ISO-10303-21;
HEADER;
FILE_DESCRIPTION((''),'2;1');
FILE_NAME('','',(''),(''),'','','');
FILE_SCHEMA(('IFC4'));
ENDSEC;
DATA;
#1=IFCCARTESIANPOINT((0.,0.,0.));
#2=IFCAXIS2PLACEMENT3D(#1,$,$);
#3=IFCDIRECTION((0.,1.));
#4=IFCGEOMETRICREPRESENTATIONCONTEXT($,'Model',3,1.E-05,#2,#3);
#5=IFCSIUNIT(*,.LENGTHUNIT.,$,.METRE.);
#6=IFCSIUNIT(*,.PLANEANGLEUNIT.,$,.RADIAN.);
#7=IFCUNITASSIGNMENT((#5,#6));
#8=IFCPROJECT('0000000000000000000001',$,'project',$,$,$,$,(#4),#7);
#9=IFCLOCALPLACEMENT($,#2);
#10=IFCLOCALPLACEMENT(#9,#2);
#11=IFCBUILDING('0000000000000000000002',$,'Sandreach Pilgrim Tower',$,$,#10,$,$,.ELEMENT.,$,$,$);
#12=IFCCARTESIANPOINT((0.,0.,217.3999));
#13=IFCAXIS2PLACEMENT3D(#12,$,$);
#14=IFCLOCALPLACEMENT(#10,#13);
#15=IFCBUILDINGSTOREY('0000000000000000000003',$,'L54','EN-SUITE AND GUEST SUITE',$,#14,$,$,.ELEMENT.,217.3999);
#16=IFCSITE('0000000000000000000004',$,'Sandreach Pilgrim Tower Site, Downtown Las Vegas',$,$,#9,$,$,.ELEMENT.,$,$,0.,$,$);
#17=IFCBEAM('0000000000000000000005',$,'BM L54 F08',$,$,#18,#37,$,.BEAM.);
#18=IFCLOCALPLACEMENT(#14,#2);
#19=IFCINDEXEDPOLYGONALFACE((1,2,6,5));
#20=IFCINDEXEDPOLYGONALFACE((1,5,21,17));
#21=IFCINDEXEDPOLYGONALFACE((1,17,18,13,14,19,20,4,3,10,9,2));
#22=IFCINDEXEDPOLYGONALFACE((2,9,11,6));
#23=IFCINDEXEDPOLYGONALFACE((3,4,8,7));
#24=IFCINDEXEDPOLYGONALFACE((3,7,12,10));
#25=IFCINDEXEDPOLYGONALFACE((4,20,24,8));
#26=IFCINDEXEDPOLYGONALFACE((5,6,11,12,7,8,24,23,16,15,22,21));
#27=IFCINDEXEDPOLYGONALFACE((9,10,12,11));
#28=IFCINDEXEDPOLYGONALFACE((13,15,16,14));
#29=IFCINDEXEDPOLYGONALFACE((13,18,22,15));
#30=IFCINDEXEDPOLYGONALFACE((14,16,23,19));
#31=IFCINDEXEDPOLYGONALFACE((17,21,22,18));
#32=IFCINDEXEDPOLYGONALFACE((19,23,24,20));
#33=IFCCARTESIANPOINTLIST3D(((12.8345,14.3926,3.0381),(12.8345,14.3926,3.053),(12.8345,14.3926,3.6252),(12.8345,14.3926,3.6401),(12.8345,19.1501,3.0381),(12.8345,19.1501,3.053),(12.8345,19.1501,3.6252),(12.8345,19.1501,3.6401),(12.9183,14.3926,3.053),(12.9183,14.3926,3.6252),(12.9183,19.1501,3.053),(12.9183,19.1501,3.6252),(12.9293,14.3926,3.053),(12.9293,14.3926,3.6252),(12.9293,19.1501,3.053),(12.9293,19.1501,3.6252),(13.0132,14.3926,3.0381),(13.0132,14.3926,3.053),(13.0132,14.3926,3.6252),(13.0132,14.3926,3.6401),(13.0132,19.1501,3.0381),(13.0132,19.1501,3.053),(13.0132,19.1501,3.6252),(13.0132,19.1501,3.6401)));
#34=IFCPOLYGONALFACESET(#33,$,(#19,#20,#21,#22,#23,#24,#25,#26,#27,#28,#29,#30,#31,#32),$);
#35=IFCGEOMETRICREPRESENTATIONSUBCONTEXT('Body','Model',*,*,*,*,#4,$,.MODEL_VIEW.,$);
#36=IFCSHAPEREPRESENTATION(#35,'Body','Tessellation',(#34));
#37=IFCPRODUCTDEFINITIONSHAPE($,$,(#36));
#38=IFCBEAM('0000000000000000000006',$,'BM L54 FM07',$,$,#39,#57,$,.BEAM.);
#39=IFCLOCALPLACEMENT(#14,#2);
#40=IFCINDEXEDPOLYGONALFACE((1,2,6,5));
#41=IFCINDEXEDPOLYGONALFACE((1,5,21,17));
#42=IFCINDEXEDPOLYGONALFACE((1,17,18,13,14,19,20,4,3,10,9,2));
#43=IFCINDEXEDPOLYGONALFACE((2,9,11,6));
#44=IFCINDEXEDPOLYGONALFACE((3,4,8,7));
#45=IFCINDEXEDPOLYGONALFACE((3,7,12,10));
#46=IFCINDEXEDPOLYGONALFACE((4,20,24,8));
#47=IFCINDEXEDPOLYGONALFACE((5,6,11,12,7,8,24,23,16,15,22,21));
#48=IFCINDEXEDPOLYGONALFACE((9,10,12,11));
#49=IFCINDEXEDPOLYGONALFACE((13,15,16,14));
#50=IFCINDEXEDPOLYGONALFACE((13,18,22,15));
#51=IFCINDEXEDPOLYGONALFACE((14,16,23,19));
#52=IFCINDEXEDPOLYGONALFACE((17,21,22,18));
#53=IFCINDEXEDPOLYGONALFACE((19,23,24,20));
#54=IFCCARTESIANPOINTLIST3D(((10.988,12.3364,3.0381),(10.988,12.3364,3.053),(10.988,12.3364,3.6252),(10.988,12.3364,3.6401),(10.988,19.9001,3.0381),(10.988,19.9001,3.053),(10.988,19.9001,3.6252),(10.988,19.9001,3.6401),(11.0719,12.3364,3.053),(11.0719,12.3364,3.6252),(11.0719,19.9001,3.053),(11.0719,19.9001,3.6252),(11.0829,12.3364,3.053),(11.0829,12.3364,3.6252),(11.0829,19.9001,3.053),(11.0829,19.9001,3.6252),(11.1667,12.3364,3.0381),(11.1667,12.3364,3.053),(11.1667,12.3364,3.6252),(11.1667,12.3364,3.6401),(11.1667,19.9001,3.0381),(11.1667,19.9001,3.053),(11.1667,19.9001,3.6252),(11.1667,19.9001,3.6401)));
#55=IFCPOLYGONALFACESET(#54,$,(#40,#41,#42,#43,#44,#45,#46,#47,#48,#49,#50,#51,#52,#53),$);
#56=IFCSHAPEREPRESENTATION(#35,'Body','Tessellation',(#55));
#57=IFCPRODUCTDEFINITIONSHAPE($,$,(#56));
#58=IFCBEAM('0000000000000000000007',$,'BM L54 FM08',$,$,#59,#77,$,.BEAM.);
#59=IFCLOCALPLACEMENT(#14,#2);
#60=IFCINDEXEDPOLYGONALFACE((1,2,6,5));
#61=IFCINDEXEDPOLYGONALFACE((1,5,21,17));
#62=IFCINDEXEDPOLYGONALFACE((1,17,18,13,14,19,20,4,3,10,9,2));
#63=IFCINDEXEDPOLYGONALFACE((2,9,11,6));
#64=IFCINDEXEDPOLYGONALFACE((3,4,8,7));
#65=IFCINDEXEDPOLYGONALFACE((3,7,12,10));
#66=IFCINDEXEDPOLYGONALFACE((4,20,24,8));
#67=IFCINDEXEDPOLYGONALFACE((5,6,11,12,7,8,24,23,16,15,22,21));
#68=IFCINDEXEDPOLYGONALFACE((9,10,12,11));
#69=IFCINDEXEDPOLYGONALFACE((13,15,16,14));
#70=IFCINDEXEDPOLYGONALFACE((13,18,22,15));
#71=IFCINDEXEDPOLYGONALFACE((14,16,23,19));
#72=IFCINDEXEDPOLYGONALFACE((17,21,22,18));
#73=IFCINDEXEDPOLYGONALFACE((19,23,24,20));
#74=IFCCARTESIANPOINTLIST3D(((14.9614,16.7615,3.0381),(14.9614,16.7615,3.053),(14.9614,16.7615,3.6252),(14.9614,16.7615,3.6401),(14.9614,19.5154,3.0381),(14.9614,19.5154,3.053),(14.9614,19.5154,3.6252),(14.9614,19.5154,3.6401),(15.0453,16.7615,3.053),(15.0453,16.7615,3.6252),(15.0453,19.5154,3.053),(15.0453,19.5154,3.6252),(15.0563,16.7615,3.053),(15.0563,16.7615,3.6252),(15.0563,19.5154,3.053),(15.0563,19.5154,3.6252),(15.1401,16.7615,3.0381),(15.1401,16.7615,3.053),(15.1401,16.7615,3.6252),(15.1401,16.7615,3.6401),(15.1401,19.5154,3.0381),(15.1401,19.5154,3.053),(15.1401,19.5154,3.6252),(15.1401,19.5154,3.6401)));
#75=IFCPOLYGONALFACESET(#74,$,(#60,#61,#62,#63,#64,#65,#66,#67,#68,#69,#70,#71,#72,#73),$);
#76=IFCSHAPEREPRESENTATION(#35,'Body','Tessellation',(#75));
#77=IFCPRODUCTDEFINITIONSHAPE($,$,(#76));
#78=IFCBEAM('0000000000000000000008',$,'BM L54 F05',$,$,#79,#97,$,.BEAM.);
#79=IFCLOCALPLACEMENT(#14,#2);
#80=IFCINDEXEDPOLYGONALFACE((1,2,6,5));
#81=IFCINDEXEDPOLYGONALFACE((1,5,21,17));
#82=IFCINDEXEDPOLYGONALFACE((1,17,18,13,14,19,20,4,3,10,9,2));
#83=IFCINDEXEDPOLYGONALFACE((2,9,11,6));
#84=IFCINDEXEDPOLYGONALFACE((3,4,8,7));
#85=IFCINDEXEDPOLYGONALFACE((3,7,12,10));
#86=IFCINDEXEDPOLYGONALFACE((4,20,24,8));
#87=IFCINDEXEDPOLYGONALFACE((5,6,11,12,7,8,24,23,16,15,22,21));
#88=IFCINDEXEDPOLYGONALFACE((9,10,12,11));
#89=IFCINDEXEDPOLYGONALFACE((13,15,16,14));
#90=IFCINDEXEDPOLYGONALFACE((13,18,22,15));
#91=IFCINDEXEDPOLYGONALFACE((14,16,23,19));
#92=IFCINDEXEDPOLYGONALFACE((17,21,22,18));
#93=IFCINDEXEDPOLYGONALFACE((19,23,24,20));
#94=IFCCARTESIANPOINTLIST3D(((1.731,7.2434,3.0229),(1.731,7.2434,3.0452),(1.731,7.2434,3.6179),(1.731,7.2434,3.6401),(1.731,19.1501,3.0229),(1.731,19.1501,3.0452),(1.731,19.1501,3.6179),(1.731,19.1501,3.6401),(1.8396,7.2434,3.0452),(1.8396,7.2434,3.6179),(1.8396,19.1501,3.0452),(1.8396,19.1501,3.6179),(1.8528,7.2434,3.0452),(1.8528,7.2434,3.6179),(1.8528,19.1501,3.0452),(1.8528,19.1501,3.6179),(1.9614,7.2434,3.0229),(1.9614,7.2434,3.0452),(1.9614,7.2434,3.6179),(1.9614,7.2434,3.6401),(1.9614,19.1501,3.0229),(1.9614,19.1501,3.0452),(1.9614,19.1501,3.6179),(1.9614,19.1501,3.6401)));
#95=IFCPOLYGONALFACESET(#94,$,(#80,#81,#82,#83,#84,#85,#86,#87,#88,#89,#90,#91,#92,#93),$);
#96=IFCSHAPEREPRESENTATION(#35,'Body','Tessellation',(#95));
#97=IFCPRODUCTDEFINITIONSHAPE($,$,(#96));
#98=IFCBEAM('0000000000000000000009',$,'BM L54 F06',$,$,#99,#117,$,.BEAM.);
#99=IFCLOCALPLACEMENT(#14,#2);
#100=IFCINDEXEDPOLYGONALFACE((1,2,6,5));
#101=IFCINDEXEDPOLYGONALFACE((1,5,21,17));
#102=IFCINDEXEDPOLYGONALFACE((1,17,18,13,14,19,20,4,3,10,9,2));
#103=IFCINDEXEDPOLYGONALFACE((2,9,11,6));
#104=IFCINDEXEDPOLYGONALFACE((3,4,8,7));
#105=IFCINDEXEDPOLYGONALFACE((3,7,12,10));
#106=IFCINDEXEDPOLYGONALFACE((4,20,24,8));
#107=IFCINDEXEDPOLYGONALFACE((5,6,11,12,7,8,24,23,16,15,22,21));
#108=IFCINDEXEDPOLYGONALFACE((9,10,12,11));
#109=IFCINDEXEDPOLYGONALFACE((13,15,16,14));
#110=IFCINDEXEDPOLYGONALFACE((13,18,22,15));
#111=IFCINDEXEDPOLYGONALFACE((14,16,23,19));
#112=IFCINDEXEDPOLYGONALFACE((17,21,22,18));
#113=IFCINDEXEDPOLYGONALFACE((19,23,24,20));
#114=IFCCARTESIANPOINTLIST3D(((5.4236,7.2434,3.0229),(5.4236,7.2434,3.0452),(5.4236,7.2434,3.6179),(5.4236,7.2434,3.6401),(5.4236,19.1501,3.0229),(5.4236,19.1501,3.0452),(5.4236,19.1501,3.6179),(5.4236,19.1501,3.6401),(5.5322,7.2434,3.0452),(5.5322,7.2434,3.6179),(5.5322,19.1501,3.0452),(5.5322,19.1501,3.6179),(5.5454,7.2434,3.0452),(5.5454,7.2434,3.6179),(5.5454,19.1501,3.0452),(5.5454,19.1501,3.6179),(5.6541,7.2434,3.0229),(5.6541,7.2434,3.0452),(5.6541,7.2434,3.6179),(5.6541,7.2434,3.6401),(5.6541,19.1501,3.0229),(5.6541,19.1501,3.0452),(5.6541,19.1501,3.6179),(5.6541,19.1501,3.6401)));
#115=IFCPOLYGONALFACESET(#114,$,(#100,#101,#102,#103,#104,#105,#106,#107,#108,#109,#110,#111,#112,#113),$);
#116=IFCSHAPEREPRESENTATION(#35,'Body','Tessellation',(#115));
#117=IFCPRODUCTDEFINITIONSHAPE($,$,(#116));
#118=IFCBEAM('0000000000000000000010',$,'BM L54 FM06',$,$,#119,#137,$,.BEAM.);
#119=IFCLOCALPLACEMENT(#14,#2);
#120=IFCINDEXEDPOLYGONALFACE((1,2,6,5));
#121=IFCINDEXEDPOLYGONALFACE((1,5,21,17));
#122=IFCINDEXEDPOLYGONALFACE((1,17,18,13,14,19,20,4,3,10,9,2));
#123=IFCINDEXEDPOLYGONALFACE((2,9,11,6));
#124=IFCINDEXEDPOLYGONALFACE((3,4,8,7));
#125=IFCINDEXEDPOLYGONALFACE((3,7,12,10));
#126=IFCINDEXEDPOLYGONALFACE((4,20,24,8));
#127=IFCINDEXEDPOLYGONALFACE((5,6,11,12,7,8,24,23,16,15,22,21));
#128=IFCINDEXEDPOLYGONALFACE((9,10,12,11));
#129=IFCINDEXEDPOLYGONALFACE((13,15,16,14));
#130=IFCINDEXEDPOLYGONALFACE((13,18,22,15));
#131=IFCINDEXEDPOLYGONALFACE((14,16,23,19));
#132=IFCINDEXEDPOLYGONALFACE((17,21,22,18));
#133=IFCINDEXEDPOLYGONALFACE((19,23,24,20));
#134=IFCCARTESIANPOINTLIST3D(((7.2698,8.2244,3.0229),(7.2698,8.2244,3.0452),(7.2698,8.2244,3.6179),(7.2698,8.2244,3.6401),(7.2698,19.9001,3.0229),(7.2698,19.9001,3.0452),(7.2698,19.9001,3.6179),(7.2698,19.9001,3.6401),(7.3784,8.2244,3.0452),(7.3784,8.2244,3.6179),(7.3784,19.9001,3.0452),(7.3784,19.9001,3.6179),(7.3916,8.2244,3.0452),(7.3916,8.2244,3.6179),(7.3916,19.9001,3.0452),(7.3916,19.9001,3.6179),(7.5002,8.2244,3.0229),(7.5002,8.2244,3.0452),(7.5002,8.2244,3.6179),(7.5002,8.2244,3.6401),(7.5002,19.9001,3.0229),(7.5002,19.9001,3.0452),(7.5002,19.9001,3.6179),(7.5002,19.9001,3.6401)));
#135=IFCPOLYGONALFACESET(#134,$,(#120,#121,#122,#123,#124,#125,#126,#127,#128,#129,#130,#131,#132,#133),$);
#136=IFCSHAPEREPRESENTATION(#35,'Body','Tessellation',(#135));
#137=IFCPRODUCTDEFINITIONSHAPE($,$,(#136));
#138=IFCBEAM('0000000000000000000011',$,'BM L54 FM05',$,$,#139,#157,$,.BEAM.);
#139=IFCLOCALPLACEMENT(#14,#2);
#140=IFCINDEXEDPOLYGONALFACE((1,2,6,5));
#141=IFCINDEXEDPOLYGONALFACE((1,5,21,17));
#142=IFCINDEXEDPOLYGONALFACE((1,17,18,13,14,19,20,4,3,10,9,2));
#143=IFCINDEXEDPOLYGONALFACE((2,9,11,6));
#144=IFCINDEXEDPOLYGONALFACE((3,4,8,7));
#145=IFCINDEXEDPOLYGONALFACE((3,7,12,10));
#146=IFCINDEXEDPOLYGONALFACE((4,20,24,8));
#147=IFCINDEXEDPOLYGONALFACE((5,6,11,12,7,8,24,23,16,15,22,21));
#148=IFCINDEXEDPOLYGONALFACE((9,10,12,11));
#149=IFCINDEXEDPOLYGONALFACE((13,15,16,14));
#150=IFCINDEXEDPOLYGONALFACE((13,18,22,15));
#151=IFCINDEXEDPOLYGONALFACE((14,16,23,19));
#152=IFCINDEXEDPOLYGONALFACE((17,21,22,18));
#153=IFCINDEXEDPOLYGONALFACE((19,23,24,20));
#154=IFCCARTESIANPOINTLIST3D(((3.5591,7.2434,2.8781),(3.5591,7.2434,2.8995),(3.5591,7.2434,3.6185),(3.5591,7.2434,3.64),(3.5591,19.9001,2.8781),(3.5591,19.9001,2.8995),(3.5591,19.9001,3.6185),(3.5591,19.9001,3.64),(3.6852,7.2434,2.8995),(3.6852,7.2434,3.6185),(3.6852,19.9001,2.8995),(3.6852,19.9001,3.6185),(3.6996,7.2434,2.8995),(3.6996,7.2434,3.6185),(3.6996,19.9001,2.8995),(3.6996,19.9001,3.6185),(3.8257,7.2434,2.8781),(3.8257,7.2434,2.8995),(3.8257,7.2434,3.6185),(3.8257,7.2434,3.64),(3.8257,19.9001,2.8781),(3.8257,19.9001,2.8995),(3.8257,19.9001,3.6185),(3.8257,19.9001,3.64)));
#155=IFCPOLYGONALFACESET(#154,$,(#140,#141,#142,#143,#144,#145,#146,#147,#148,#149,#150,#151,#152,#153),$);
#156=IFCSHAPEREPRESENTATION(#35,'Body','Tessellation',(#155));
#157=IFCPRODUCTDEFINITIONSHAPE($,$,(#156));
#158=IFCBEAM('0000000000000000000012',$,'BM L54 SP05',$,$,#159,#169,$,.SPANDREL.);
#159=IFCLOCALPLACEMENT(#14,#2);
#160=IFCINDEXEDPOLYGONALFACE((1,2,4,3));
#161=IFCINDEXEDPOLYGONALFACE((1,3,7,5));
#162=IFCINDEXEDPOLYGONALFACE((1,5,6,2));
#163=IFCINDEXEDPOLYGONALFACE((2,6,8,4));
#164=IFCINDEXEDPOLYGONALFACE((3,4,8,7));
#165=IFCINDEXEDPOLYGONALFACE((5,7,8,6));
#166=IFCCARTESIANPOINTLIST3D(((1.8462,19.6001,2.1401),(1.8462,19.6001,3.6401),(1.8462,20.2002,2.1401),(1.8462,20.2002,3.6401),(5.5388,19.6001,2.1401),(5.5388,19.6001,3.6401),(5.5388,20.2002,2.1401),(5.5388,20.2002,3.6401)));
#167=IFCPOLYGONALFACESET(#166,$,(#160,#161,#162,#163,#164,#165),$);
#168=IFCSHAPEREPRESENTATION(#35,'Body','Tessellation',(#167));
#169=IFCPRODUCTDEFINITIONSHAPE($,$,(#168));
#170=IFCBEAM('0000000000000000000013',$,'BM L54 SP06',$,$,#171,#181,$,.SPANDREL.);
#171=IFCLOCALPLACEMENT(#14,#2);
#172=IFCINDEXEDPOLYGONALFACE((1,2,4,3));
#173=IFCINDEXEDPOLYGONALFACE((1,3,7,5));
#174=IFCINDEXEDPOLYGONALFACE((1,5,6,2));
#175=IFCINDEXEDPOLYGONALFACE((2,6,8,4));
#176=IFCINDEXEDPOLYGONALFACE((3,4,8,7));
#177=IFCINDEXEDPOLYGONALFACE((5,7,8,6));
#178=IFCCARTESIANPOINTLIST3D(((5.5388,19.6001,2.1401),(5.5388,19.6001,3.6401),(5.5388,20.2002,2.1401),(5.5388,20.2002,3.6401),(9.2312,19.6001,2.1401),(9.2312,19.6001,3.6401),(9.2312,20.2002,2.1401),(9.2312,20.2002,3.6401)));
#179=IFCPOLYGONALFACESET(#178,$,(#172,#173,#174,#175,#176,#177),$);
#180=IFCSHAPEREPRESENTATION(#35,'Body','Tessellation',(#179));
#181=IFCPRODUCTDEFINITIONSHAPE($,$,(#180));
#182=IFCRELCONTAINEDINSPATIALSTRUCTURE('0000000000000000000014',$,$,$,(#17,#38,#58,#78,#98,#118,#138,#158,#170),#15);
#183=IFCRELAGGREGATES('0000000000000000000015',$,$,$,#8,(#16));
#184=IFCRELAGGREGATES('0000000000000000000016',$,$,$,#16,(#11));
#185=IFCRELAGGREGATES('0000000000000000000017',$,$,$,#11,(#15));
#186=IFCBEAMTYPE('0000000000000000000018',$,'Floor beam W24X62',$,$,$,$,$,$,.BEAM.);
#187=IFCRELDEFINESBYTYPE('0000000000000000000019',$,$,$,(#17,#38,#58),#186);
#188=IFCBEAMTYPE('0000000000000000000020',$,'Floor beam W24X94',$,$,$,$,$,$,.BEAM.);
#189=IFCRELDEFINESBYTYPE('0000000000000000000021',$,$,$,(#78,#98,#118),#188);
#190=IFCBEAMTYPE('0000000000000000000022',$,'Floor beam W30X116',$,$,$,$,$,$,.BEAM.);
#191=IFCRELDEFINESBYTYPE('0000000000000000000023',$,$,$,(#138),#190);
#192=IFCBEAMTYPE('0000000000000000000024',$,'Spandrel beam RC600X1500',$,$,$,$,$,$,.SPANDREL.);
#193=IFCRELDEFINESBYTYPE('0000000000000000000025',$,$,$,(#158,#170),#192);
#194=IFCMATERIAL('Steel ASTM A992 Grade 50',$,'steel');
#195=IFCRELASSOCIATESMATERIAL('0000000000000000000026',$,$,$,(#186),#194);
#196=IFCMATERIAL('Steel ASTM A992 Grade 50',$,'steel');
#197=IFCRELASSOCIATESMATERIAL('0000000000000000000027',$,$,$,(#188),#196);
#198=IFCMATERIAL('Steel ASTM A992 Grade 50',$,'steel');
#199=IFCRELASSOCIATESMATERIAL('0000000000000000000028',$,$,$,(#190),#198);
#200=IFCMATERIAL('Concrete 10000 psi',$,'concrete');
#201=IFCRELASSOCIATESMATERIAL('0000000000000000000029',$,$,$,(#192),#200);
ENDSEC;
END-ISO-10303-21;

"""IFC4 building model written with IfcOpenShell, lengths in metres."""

from ifc_helpers import new_model, si_unit, direction, frame, origin, origin_2d, place, context, subcontext, project, spatial, rectangle, i_section, extrude, material, material_profile, profile_set, type_object, element, save


model = new_model("IFC4")

# Units and contexts
model_context = context("Model", 3, precision=1e-05, world=origin(), true_north=direction((0.0, 1.0)))
body_context = subcontext(model_context, "Body", "Model", "MODEL_VIEW")
ifc_project = project(units=[si_unit("LENGTHUNIT", "METRE"), si_unit("PLANEANGLEUNIT", "RADIAN")], contexts=[model_context])

# Site, building, storey
site_placement = place(None, origin())
site = spatial("IfcSite", under=ifc_project, at=site_placement, Name="Sandreach Pilgrim Tower Site, Downtown Las Vegas", CompositionType="ELEMENT", RefElevation=0.0)
building_placement = place(site_placement, origin())
building = spatial("IfcBuilding", under=site, at=building_placement, Name="Sandreach Pilgrim Tower", CompositionType="ELEMENT")
storey_placement = place(building_placement, frame((0.0, 0.0, 217.3999)))
storey = spatial("IfcBuildingStorey", under=building, at=storey_placement, Name="L54", Description="EN-SUITE AND GUEST SUITE", CompositionType="ELEMENT", Elevation=217.3999)

# Beams
ifc_material_1 = material(Name="Steel ASTM A992 Grade 50", Category="steel")
ifc_material_profile_1 = material_profile(ifc_material_1, i_section(OverallWidth=0.1787, OverallDepth=0.6021, WebThickness=0.011, FlangeThickness=0.0149, at=origin_2d()), Name="W24X62")
ifc_profile_set_1 = profile_set([ifc_material_profile_1], Name="Steel ASTM A992 Grade 50")
beam_type_1 = type_object("IfcBeamType", Name="Floor beam W24X62", PredefinedType="BEAM", material=ifc_profile_set_1)
beam_1_placement = place(storey_placement, frame((12.9238, 19.1501, 3.3391), z_axis=(0.0, -1.0, 0.0), x_axis=(1.0, 0.0, 0.0)))
element("IfcBeam", 1, at=beam_1_placement, inside=storey, type_object=beam_type_1, Name="BM L54 F08", PredefinedType="BEAM", context=body_context, shape_type="SweptSolid", body=[
    extrude(i_section(OverallWidth=0.1787, OverallDepth=0.6021, WebThickness=0.011, FlangeThickness=0.0149, at=origin_2d()), origin(), (0.0, 0.0, 1.0), 4.7576),
])
beam_2_placement = place(storey_placement, frame((11.0774, 19.9001, 3.3391), z_axis=(0.0, -1.0, 0.0), x_axis=(1.0, 0.0, 0.0)))
element("IfcBeam", 2, at=beam_2_placement, inside=storey, type_object=beam_type_1, Name="BM L54 FM07", PredefinedType="BEAM", context=body_context, shape_type="SweptSolid", body=[
    extrude(i_section(OverallWidth=0.1787, OverallDepth=0.6021, WebThickness=0.011, FlangeThickness=0.0149, at=origin_2d()), origin(), (0.0, 0.0, 1.0), 7.5637),
])
beam_3_placement = place(storey_placement, frame((15.0508, 19.5154, 3.3391), z_axis=(0.0, -1.0, 0.0), x_axis=(1.0, 0.0, 0.0)))
element("IfcBeam", 3, at=beam_3_placement, inside=storey, type_object=beam_type_1, Name="BM L54 FM08", PredefinedType="BEAM", context=body_context, shape_type="SweptSolid", body=[
    extrude(i_section(OverallWidth=0.1787, OverallDepth=0.6021, WebThickness=0.011, FlangeThickness=0.0149, at=origin_2d()), origin(), (0.0, 0.0, 1.0), 2.7539),
])
ifc_material_2 = material(Name="Steel ASTM A992 Grade 50", Category="steel")
ifc_material_profile_2 = material_profile(ifc_material_2, i_section(OverallWidth=0.2305, OverallDepth=0.6172, WebThickness=0.0132, FlangeThickness=0.0222, at=origin_2d()), Name="W24X94")
ifc_profile_set_2 = profile_set([ifc_material_profile_2], Name="Steel ASTM A992 Grade 50")
beam_type_2 = type_object("IfcBeamType", Name="Floor beam W24X94", PredefinedType="BEAM", material=ifc_profile_set_2)
for number, where, z_axis, x_axis, name in (
    (4, (1.8462, 19.1501, 3.3315), (0.0, -1.0, 0.0), (1.0, 0.0, 0.0), "BM L54 F05"),
    (5, (5.5388, 19.1501, 3.3315), (0.0, -1.0, 0.0), (1.0, 0.0, 0.0), "BM L54 F06"),
):
    element("IfcBeam", number, at=place(storey_placement, frame(where, z_axis=z_axis, x_axis=x_axis)), inside=storey, type_object=beam_type_2, Name=name, PredefinedType="BEAM", context=body_context, shape_type="SweptSolid", body=[
        extrude(i_section(OverallWidth=0.2305, OverallDepth=0.6172, WebThickness=0.0132, FlangeThickness=0.0222, at=origin_2d()), origin(), (0.0, 0.0, 1.0), 11.9067),
    ])
beam_4_placement = place(storey_placement, frame((7.385, 19.9001, 3.3315), z_axis=(0.0, -1.0, 0.0), x_axis=(1.0, 0.0, 0.0)))
element("IfcBeam", 6, at=beam_4_placement, inside=storey, type_object=beam_type_2, Name="BM L54 FM06", PredefinedType="BEAM", context=body_context, shape_type="SweptSolid", body=[
    extrude(i_section(OverallWidth=0.2305, OverallDepth=0.6172, WebThickness=0.0132, FlangeThickness=0.0222, at=origin_2d()), origin(), (0.0, 0.0, 1.0), 11.6758),
])
ifc_material_3 = material(Name="Steel ASTM A992 Grade 50", Category="steel")
ifc_material_profile_3 = material_profile(ifc_material_3, i_section(OverallWidth=0.2666, OverallDepth=0.762, WebThickness=0.0144, FlangeThickness=0.0215, at=origin_2d()), Name="W30X116")
ifc_profile_set_3 = profile_set([ifc_material_profile_3], Name="Steel ASTM A992 Grade 50")
beam_type_3 = type_object("IfcBeamType", Name="Floor beam W30X116", PredefinedType="BEAM", material=ifc_profile_set_3)
beam_5_placement = place(storey_placement, frame((3.6924, 19.9001, 3.259), z_axis=(0.0, -1.0, 0.0), x_axis=(1.0, 0.0, 0.0)))
element("IfcBeam", 7, at=beam_5_placement, inside=storey, type_object=beam_type_3, Name="BM L54 FM05", PredefinedType="BEAM", context=body_context, shape_type="SweptSolid", body=[
    extrude(i_section(OverallWidth=0.2666, OverallDepth=0.762, WebThickness=0.0144, FlangeThickness=0.0215, at=origin_2d()), origin(), (0.0, 0.0, 1.0), 12.6567),
])
ifc_material_4 = material(Name="Concrete 10000 psi", Category="concrete")
ifc_material_profile_4 = material_profile(ifc_material_4, rectangle(XDim=0.6001, YDim=1.5, at=origin_2d()), Name="RC600X1500")
ifc_profile_set_4 = profile_set([ifc_material_profile_4], Name="Concrete 10000 psi")
beam_type_4 = type_object("IfcBeamType", Name="Spandrel beam RC600X1500", PredefinedType="SPANDREL", material=ifc_profile_set_4)
beam_6_placement = place(storey_placement, frame((1.8462, 19.9001, 2.8901), z_axis=(1.0, 0.0, 0.0), x_axis=(0.0, 1.0, 0.0)))
element("IfcBeam", 8, at=beam_6_placement, inside=storey, type_object=beam_type_4, Name="BM L54 SP05", PredefinedType="SPANDREL", context=body_context, shape_type="SweptSolid", body=[
    extrude(rectangle(XDim=0.6001, YDim=1.5, at=origin_2d()), origin(), (0.0, 0.0, 1.0), 3.6926),
])
beam_7_placement = place(storey_placement, frame((5.5388, 19.9001, 2.8901), z_axis=(1.0, 0.0, 0.0), x_axis=(0.0, 1.0, 0.0)))
element("IfcBeam", 9, at=beam_7_placement, inside=storey, type_object=beam_type_4, Name="BM L54 SP06", PredefinedType="SPANDREL", context=body_context, shape_type="SweptSolid", body=[
    extrude(rectangle(XDim=0.6001, YDim=1.5, at=origin_2d()), origin(), (0.0, 0.0, 1.0), 3.6924),
])

save(model, "model.ifc")
